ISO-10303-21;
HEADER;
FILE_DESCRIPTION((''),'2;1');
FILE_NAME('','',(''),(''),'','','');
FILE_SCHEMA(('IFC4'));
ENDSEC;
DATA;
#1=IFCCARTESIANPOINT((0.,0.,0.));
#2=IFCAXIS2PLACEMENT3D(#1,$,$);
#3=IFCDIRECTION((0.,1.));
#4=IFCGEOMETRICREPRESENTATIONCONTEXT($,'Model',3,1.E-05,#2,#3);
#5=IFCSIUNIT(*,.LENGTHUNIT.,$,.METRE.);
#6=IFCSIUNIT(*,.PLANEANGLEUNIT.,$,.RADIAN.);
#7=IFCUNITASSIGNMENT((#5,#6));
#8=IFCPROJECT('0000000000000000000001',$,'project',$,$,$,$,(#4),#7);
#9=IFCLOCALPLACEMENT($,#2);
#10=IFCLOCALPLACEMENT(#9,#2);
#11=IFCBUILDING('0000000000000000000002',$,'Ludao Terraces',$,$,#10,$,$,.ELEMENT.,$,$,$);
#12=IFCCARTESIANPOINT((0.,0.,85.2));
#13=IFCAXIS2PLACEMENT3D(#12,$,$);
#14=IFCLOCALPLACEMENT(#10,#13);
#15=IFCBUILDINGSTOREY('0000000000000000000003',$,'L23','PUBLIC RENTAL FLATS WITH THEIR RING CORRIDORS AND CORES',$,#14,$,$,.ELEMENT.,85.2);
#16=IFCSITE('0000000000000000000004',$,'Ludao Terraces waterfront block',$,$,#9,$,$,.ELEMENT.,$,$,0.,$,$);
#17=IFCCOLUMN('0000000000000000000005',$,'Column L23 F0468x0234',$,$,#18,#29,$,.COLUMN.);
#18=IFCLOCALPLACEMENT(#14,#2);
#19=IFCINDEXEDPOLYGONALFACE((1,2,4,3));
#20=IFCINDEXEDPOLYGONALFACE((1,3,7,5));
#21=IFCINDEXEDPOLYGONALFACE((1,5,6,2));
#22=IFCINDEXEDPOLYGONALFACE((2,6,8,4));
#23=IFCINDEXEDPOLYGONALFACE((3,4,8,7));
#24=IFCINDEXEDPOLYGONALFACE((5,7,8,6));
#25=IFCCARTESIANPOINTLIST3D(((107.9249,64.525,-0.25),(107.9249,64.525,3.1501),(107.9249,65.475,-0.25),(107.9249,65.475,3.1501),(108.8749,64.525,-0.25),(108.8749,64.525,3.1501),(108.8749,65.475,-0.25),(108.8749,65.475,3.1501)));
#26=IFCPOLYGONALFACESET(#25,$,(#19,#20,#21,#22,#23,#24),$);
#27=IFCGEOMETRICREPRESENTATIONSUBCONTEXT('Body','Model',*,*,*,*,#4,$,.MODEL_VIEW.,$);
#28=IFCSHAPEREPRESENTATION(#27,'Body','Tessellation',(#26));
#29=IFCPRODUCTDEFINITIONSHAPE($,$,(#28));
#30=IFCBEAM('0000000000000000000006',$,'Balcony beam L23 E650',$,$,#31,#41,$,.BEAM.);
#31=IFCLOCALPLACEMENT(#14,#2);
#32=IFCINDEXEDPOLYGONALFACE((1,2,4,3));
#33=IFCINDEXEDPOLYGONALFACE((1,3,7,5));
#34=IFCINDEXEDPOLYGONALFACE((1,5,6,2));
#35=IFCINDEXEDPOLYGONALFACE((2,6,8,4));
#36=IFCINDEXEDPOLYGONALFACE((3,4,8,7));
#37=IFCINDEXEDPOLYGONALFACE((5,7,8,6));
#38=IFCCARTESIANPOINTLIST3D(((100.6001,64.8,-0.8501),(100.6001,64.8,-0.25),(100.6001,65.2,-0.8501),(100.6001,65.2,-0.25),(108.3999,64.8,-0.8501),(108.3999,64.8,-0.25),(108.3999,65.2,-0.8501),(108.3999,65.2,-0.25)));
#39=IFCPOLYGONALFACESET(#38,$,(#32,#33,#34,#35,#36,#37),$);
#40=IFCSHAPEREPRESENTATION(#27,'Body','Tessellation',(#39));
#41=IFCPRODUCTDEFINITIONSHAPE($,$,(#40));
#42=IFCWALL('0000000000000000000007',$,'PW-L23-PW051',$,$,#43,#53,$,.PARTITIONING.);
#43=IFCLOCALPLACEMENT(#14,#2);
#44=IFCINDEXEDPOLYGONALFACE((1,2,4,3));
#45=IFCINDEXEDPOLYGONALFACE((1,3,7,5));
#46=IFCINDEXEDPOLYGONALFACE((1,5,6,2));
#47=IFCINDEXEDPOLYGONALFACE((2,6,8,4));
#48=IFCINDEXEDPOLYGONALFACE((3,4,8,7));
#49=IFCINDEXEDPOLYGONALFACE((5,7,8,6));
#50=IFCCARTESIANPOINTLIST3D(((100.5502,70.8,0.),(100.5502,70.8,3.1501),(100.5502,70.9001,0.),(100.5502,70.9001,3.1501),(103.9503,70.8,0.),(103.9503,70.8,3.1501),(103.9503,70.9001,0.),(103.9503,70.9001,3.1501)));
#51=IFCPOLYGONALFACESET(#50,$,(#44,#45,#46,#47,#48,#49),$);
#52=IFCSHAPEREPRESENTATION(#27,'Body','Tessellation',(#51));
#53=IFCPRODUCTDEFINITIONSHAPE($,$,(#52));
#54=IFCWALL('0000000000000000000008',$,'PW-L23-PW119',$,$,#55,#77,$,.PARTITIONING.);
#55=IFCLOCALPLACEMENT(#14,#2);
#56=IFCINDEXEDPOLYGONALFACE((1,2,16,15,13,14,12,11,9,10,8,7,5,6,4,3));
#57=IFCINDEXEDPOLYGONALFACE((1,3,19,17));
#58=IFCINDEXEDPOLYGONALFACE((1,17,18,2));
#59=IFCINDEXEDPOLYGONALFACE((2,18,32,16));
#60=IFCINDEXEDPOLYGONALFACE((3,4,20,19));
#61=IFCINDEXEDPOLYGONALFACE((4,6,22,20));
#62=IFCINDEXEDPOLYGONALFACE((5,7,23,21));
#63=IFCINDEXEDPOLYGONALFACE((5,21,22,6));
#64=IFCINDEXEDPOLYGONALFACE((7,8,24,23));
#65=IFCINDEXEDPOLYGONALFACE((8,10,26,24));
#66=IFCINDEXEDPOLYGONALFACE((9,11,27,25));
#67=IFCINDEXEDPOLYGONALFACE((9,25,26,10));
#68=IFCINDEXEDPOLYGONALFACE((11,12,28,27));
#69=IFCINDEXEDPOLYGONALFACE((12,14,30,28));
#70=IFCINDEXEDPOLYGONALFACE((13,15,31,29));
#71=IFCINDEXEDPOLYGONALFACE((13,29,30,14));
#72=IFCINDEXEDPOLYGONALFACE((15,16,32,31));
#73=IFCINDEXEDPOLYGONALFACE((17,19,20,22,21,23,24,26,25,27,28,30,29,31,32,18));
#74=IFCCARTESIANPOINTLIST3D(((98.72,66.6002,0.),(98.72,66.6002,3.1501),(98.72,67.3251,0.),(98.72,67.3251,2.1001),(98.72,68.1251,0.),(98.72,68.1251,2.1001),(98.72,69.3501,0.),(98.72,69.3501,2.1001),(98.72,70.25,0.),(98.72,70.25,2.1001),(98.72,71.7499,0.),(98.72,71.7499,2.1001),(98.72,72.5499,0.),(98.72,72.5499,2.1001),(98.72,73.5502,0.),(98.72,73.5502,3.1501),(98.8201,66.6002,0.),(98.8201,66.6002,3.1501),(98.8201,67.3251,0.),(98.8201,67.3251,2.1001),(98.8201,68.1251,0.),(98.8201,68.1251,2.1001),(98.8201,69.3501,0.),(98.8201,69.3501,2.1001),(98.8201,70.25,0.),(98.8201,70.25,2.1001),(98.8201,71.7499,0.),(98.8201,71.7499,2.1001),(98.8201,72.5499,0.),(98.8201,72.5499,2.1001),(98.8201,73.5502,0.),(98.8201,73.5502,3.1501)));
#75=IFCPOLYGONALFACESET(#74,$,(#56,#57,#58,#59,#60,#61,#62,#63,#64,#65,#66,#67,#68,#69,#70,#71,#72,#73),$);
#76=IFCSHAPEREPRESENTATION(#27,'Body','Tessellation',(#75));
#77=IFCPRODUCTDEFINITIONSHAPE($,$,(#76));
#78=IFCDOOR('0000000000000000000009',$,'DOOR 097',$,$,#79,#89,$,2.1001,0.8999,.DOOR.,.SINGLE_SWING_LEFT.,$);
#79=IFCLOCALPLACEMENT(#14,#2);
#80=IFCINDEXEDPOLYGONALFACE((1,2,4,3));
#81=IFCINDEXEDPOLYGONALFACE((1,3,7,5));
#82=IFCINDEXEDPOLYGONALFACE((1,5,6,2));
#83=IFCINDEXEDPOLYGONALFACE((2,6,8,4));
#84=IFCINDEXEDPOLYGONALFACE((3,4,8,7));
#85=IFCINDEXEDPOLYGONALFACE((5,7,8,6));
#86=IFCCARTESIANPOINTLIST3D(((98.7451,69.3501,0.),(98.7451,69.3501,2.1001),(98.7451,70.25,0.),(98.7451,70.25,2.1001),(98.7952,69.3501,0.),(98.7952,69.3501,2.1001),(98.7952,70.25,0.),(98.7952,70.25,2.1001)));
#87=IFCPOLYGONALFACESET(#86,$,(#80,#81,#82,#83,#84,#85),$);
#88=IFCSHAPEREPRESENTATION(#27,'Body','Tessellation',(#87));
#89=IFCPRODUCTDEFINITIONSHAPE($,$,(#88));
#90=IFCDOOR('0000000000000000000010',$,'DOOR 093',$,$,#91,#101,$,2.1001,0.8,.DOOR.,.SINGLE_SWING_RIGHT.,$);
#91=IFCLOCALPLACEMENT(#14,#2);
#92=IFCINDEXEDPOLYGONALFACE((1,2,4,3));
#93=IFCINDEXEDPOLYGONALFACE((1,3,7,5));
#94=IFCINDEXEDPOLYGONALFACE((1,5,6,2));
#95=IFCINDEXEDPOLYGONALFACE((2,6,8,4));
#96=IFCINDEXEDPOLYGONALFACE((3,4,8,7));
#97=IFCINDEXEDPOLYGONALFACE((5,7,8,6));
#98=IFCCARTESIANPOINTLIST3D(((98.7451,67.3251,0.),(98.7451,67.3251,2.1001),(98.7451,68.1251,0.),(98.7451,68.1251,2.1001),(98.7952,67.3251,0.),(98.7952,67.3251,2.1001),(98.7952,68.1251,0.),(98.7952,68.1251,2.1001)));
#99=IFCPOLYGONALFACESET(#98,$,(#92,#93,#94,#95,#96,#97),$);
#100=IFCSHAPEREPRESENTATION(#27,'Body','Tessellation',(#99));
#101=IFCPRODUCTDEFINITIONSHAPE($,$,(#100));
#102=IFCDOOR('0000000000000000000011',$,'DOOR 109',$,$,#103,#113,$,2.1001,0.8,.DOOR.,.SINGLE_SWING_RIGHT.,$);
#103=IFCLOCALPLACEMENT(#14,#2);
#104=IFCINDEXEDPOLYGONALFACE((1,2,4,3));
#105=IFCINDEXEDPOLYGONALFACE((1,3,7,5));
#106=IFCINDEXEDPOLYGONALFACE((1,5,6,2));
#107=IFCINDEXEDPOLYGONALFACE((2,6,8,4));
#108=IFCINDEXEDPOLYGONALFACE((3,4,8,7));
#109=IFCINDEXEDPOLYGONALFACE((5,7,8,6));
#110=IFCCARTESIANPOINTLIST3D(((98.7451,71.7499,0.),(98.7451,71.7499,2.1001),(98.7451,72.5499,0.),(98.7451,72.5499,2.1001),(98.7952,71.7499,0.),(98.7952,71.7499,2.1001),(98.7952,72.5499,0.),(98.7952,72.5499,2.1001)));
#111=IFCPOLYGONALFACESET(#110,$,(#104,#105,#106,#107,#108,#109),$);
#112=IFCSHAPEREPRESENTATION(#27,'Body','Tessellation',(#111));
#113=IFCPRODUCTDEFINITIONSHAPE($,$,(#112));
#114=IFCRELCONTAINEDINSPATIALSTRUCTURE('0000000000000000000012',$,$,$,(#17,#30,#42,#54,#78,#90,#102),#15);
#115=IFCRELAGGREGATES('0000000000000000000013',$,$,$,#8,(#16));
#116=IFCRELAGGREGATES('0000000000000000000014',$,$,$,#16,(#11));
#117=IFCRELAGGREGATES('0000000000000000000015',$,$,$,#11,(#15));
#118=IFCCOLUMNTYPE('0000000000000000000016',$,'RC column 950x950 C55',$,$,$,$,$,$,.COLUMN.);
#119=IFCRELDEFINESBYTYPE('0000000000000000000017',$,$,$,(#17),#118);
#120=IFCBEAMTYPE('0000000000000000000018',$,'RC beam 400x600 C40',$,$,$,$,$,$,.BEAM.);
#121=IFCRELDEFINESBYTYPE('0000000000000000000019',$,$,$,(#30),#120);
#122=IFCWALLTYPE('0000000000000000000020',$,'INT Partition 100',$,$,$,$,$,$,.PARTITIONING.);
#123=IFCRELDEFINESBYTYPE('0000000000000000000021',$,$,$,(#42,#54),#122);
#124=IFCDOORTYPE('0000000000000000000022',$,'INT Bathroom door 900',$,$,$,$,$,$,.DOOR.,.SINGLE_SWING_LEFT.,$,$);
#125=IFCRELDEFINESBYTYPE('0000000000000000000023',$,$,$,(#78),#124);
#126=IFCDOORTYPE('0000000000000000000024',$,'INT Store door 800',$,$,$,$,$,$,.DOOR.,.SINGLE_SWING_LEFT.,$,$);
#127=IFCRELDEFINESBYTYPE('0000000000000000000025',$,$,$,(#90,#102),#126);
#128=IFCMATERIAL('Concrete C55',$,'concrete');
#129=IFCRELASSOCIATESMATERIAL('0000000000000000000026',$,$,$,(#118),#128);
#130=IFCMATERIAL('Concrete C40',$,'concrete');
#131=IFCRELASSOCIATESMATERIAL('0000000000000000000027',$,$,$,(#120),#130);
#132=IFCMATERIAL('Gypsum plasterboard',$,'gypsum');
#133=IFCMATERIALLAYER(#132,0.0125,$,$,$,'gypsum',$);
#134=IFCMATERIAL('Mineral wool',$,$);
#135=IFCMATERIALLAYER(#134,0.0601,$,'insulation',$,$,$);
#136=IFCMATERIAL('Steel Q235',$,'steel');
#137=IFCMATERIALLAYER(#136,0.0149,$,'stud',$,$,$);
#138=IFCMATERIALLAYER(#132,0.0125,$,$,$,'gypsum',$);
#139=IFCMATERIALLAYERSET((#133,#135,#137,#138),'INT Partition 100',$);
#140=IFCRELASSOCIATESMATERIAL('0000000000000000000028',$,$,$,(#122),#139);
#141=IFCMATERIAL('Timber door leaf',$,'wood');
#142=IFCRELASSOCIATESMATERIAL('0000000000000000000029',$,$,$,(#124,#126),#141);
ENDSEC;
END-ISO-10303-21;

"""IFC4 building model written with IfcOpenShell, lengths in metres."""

from ifc_helpers import new_model, si_unit, direction, frame, frame_2d, origin, origin_2d, place, context, subcontext, project, spatial, rectangle, extrude, material, layer, layer_set, material_profile, profile_set, type_object, element, fill, save


model = new_model("IFC4")

# Units and contexts
model_context = context("Model", 3, precision=1e-05, world=origin(), true_north=direction((0.0, 1.0)))
body_context = subcontext(model_context, "Body", "Model", "MODEL_VIEW")
ifc_project = project(units=[si_unit("LENGTHUNIT", "METRE"), si_unit("PLANEANGLEUNIT", "RADIAN")], contexts=[model_context])

# Site, building, storey
site_placement = place(None, origin())
site = spatial("IfcSite", under=ifc_project, at=site_placement, Name="Ludao Terraces waterfront block", CompositionType="ELEMENT", RefElevation=0.0)
building_placement = place(site_placement, origin())
building = spatial("IfcBuilding", under=site, at=building_placement, Name="Ludao Terraces", CompositionType="ELEMENT")
storey_placement = place(building_placement, frame((0.0, 0.0, 85.2)))
storey = spatial("IfcBuildingStorey", under=building, at=storey_placement, Name="L23", Description="PUBLIC RENTAL FLATS WITH THEIR RING CORRIDORS AND CORES", CompositionType="ELEMENT", Elevation=85.2)

# Column
ifc_material_1 = material(Name="Concrete C55", Category="concrete")
ifc_material_profile_1 = material_profile(ifc_material_1, rectangle(XDim=0.95, YDim=0.95, at=origin_2d()), Name="950 X 950")
ifc_profile_set_1 = profile_set([ifc_material_profile_1], Name="Concrete C55")
column_type = type_object("IfcColumnType", Name="RC column 950x950 C55", PredefinedType="COLUMN", material=ifc_profile_set_1)
column_placement = place(storey_placement, frame((108.3999, 65.0, -0.25), z_axis=(0.0, 0.0, 1.0), x_axis=(1.0, 0.0, 0.0)))
element("IfcColumn", 1, at=column_placement, inside=storey, type_object=column_type, Name="Column L23 F0468x0234", PredefinedType="COLUMN", context=body_context, shape_type="SweptSolid", body=[
    extrude(rectangle(XDim=0.95, YDim=0.95, at=origin_2d()), origin(), (0.0, 0.0, 1.0), 3.4001),
])

# Beam
ifc_material_2 = material(Name="Concrete C40", Category="concrete")
ifc_material_profile_2 = material_profile(ifc_material_2, rectangle(XDim=0.3999, YDim=0.6001, at=origin_2d()), Name="400 X 600")
ifc_profile_set_2 = profile_set([ifc_material_profile_2], Name="Concrete C40")
beam_type = type_object("IfcBeamType", Name="RC beam 400x600 C40", PredefinedType="BEAM", material=ifc_profile_set_2)
beam_placement = place(storey_placement, frame((100.6001, 65.0, -0.55), z_axis=(1.0, 0.0, 0.0), x_axis=(0.0, 1.0, 0.0)))
element("IfcBeam", 2, at=beam_placement, inside=storey, type_object=beam_type, Name="Balcony beam L23 E650", PredefinedType="BEAM", context=body_context, shape_type="SweptSolid", body=[
    extrude(rectangle(XDim=0.3999, YDim=0.6001, at=origin_2d()), origin(), (0.0, 0.0, 1.0), 7.7998),
])

# Shared definitions
ifc_material_3 = material(Name="Mineral wool")

# Wall
ifc_material_4 = material(Name="Gypsum plasterboard", Category="gypsum")
ifc_layer_1 = layer(ifc_material_4, 0.0125, Category="gypsum")
ifc_layer_2 = layer(ifc_material_3, 0.0601, Name="insulation")
ifc_material_5 = material(Name="Steel Q235", Category="steel")
ifc_layer_3 = layer(ifc_material_5, 0.0149, Name="stud")
ifc_layer_4 = layer(ifc_material_4, 0.0125, Category="gypsum")
ifc_layer_set_1 = layer_set([ifc_layer_1, ifc_layer_2, ifc_layer_3, ifc_layer_4], Name="INT Partition 100")
wall_type_1 = type_object("IfcWallType", Name="INT Partition 100", PredefinedType="PARTITIONING", material=ifc_layer_set_1)
wall_1_placement = place(storey_placement, frame((100.55, 70.8501, 0.0), z_axis=(0.0, 0.0, 1.0), x_axis=(1.0, 0.0, 0.0)))
element("IfcWall", 3, at=wall_1_placement, inside=storey, type_object=wall_type_1, Name="PW-L23-PW051", PredefinedType="PARTITIONING", context=body_context, shape_type="SweptSolid", body=[
    extrude(rectangle(XDim=3.4001, YDim=0.1001, at=frame_2d((1.7002, 0.0))), origin(), (0.0, 0.0, 1.0), 3.1501),
])

# Wall, openings, doors
wall_2_placement = place(storey_placement, frame((98.77, 66.6001, 0.0), z_axis=(0.0, 0.0, 1.0), x_axis=(0.0, 1.0, 0.0)))
wall_2 = element("IfcWall", 4, at=wall_2_placement, inside=storey, type_object=wall_type_1, Name="PW-L23-PW119", PredefinedType="PARTITIONING", context=body_context, shape_type="SweptSolid", body=[
    extrude(rectangle(XDim=6.95, YDim=0.1001, at=frame_2d((3.4751, 0.0))), origin(), (0.0, 0.0, 1.0), 3.1501),
])
opening_1_placement = place(wall_2_placement, frame((0.7251, 0.0, 0.0)))
opening_1 = element("IfcOpeningElement", 5, at=opening_1_placement, cuts=wall_2, PredefinedType="OPENING", context=body_context, shape_type="SweptSolid", body=[
    extrude(rectangle(XDim=0.8, YDim=2.1001, at=frame_2d((0.3999, 1.05))), frame((0.0, 0.0601, 0.0), z_axis=(0.0, -1.0, 0.0), x_axis=(1.0, 0.0, 0.0)), (0.0, 0.0, 1.0), 0.1201),
])
opening_2_placement = place(wall_2_placement, frame((2.75, 0.0, 0.0)))
opening_2 = element("IfcOpeningElement", 6, at=opening_2_placement, cuts=wall_2, PredefinedType="OPENING", context=body_context, shape_type="SweptSolid", body=[
    extrude(rectangle(XDim=0.8999, YDim=2.1001, at=frame_2d((0.45, 1.05))), frame((0.0, 0.0601, 0.0), z_axis=(0.0, -1.0, 0.0), x_axis=(1.0, 0.0, 0.0)), (0.0, 0.0, 1.0), 0.1201),
])
opening_3_placement = place(wall_2_placement, frame((5.1499, 0.0, 0.0)))
opening_3 = element("IfcOpeningElement", 7, at=opening_3_placement, cuts=wall_2, PredefinedType="OPENING", context=body_context, shape_type="SweptSolid", body=[
    extrude(rectangle(XDim=0.8, YDim=2.1001, at=frame_2d((0.3999, 1.05))), frame((0.0, 0.0601, 0.0), z_axis=(0.0, -1.0, 0.0), x_axis=(1.0, 0.0, 0.0)), (0.0, 0.0, 1.0), 0.1201),
])
ifc_material_6 = material(Name="Timber door leaf", Category="wood")
door_type_1 = type_object("IfcDoorType", Name="INT Bathroom door 900", OperationType="SINGLE_SWING_LEFT", PredefinedType="DOOR", material=ifc_material_6)
door_1_placement = place(opening_2_placement, origin())
door_1 = element("IfcDoor", 8, at=door_1_placement, inside=storey, type_object=door_type_1, Name="DOOR 097", OperationType="SINGLE_SWING_LEFT", OverallHeight=2.1001, OverallWidth=0.8999, PredefinedType="DOOR", context=body_context, shape_type="SweptSolid", body=[
    extrude(rectangle(XDim=0.8999, YDim=2.1001, at=frame_2d((0.45, 1.05))), frame((0.0, 0.0249, 0.0), z_axis=(0.0, -1.0, 0.0), x_axis=(1.0, 0.0, 0.0)), (0.0, 0.0, 1.0), 0.05),
])
fill(opening_2, door_1)
door_type_2 = type_object("IfcDoorType", Name="INT Store door 800", OperationType="SINGLE_SWING_LEFT", PredefinedType="DOOR", material=ifc_material_6)
door_2_placement = place(opening_1_placement, origin())
door_2 = element("IfcDoor", 9, at=door_2_placement, inside=storey, type_object=door_type_2, Name="DOOR 093", OperationType="SINGLE_SWING_RIGHT", OverallHeight=2.1001, OverallWidth=0.8, PredefinedType="DOOR", context=body_context, shape_type="SweptSolid", body=[
    extrude(rectangle(XDim=0.8, YDim=2.1001, at=frame_2d((0.3999, 1.05))), frame((0.0, 0.0249, 0.0), z_axis=(0.0, -1.0, 0.0), x_axis=(1.0, 0.0, 0.0)), (0.0, 0.0, 1.0), 0.05),
])
fill(opening_1, door_2)
door_3_placement = place(opening_3_placement, origin())
door_3 = element("IfcDoor", 10, at=door_3_placement, inside=storey, type_object=door_type_2, Name="DOOR 109", OperationType="SINGLE_SWING_RIGHT", OverallHeight=2.1001, OverallWidth=0.8, PredefinedType="DOOR", context=body_context, shape_type="SweptSolid", body=[
    extrude(rectangle(XDim=0.8, YDim=2.1001, at=frame_2d((0.3999, 1.05))), frame((0.0, 0.0249, 0.0), z_axis=(0.0, -1.0, 0.0), x_axis=(1.0, 0.0, 0.0)), (0.0, 0.0, 1.0), 0.05),
])
fill(opening_3, door_3)

save(model, "model.ifc")
